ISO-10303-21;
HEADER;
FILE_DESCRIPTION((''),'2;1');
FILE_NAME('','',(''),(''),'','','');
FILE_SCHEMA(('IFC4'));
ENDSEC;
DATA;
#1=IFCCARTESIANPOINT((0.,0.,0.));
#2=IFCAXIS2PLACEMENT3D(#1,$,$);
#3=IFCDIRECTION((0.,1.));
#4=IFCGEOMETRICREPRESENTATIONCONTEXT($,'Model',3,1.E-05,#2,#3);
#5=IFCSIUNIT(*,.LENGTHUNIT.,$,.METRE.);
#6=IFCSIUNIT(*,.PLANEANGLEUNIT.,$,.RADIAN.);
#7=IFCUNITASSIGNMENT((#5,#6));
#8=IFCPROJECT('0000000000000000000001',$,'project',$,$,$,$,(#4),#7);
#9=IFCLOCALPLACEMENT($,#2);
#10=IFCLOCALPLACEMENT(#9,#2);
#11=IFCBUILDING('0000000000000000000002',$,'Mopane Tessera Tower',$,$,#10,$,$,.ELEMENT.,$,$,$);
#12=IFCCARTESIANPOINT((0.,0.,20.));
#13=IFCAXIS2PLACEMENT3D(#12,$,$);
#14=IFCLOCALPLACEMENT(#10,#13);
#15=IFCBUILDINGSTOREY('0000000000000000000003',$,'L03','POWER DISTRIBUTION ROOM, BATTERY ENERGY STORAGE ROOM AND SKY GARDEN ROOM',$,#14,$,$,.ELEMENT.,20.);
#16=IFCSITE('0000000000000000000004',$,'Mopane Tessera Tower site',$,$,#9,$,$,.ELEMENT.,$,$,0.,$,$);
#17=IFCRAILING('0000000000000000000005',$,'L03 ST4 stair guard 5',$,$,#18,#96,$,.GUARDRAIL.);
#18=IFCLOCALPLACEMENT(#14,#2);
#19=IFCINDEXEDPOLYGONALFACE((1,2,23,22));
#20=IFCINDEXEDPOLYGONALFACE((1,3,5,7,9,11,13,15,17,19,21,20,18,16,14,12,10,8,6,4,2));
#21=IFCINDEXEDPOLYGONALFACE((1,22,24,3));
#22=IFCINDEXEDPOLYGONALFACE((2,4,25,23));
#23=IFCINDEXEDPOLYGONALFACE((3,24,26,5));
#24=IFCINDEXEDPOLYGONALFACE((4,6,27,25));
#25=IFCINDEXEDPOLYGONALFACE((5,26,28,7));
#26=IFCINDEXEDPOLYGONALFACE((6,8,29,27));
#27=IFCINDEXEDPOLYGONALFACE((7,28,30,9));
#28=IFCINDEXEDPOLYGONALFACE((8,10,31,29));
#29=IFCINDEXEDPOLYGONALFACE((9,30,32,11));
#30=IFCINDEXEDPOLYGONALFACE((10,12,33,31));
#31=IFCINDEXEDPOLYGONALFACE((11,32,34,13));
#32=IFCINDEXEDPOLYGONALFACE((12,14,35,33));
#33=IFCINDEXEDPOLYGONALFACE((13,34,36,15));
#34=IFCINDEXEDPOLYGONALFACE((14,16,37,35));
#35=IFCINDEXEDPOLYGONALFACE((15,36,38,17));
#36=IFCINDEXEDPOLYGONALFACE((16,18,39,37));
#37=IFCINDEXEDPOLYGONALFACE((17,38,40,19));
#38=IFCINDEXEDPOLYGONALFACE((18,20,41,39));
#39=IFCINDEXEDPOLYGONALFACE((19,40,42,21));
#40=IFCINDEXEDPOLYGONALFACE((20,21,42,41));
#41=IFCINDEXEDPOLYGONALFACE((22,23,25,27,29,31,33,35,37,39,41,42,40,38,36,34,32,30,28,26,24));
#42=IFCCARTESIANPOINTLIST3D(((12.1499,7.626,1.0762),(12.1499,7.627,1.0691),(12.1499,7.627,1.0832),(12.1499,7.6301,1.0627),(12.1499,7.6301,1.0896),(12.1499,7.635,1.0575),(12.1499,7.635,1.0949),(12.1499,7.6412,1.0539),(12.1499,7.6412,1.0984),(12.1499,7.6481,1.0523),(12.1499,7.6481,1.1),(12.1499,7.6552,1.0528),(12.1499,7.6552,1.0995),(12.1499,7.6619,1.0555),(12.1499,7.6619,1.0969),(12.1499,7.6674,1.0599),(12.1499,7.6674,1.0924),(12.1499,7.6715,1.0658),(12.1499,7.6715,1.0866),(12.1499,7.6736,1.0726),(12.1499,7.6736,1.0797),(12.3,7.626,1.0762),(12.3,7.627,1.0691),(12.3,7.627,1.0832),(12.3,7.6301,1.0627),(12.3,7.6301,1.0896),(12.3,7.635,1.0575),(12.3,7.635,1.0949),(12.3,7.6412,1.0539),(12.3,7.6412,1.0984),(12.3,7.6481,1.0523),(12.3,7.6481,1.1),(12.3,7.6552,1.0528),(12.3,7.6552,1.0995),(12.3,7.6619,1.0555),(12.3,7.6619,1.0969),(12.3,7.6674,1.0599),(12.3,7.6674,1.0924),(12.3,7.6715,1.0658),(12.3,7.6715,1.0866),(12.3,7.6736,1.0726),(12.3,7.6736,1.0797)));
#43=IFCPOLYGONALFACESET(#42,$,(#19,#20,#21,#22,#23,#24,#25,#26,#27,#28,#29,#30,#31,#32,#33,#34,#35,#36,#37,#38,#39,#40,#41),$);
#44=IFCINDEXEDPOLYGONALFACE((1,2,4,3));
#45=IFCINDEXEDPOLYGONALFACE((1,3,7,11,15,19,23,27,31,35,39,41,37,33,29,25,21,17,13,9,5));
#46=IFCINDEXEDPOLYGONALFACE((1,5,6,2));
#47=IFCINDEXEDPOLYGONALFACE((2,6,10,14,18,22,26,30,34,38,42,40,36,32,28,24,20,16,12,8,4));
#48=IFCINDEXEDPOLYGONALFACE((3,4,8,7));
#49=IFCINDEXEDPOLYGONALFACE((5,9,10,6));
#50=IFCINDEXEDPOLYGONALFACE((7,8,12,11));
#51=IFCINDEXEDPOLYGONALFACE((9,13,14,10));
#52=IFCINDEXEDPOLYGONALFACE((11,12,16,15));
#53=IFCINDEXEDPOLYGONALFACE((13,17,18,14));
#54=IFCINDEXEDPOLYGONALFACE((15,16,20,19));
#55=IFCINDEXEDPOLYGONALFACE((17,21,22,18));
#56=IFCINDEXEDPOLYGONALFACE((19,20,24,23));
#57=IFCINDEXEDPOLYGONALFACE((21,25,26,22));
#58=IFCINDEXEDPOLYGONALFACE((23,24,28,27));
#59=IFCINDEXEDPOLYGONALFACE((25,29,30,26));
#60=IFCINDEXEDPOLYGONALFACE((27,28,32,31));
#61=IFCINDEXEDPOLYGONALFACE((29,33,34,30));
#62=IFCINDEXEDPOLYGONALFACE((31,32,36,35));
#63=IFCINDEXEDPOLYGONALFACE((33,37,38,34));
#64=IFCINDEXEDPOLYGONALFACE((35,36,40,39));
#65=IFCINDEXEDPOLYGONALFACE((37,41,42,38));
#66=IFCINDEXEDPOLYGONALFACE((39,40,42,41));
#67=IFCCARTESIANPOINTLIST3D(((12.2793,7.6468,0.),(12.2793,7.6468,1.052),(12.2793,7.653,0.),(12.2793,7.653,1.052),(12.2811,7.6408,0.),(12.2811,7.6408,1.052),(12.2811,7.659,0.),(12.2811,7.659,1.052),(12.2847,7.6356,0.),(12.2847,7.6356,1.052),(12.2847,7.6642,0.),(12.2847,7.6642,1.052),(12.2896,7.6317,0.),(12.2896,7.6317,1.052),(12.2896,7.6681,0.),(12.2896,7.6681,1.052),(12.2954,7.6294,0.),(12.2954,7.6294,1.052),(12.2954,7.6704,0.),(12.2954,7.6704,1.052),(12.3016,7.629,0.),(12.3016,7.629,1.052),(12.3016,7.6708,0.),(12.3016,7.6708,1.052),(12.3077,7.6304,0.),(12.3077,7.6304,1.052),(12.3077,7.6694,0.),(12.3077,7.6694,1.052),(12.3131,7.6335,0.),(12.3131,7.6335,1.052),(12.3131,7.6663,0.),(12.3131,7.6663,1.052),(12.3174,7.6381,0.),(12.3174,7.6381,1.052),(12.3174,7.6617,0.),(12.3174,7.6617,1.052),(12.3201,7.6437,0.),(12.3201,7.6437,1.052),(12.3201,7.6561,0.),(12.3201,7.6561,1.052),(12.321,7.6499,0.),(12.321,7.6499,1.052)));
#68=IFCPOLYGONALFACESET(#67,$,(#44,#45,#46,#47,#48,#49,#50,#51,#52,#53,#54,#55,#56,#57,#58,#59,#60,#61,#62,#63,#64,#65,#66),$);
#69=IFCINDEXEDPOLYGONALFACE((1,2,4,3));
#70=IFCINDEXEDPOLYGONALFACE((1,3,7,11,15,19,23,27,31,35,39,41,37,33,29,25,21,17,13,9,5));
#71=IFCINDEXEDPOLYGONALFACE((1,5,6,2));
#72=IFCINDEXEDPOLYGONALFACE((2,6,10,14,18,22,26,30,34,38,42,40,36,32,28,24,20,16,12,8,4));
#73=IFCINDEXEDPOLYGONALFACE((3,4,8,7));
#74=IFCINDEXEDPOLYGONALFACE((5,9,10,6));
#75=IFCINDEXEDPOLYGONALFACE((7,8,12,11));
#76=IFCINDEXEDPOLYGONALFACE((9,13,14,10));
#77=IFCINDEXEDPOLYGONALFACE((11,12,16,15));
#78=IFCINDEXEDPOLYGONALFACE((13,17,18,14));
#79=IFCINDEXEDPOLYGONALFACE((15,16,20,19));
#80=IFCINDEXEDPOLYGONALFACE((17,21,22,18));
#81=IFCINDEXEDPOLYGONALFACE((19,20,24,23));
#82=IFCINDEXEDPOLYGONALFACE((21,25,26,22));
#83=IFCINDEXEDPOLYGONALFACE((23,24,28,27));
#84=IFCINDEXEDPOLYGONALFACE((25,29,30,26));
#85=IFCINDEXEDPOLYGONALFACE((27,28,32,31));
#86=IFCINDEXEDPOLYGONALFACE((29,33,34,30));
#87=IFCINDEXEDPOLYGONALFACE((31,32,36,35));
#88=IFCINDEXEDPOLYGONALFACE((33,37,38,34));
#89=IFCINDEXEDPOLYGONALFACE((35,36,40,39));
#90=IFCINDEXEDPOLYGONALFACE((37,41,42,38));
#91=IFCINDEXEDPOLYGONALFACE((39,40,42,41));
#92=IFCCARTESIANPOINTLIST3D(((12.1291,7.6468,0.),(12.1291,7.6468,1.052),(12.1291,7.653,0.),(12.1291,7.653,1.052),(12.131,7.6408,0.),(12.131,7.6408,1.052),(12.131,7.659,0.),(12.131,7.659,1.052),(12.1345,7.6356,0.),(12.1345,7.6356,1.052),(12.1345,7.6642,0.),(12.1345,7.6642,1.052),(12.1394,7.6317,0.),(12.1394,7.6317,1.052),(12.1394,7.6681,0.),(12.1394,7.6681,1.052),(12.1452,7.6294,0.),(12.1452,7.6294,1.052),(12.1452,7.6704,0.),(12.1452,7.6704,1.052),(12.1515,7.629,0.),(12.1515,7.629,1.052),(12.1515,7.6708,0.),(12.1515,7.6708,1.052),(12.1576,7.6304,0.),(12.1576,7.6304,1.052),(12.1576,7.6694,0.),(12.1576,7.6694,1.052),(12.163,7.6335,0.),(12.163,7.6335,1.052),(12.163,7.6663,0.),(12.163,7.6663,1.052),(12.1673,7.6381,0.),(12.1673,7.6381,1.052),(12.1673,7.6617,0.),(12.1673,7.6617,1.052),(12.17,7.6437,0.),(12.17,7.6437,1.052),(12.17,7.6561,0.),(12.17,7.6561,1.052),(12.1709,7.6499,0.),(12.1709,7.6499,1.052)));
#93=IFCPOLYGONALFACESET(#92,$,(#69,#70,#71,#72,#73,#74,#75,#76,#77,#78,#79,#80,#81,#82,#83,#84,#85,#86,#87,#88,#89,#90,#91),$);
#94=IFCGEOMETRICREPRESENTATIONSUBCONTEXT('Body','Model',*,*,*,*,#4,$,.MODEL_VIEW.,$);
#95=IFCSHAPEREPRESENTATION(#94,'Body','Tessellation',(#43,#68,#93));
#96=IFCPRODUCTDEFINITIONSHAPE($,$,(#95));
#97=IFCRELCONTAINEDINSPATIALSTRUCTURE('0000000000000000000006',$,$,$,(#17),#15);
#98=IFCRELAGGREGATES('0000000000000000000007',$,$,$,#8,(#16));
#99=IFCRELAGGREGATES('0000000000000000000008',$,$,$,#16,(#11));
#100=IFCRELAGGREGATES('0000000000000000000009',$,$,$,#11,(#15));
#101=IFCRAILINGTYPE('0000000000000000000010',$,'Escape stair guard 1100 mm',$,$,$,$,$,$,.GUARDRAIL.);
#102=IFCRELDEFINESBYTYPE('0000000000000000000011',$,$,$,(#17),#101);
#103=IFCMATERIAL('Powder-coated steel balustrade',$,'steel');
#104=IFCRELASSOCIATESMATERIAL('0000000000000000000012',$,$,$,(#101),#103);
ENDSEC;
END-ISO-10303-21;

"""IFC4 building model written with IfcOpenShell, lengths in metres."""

from ifc_helpers import new_model, si_unit, direction, frame, origin, origin_2d, place, context, subcontext, project, spatial, circle, extrude, material, type_object, element, save


model = new_model("IFC4")

# Units and contexts
model_context = context("Model", 3, precision=1e-05, world=origin(), true_north=direction((0.0, 1.0)))
body_context = subcontext(model_context, "Body", "Model", "MODEL_VIEW")
ifc_project = project(units=[si_unit("LENGTHUNIT", "METRE"), si_unit("PLANEANGLEUNIT", "RADIAN")], contexts=[model_context])

# Site, building, storey
site_placement = place(None, origin())
site = spatial("IfcSite", under=ifc_project, at=site_placement, Name="Mopane Tessera Tower site", CompositionType="ELEMENT", RefElevation=0.0)
building_placement = place(site_placement, origin())
building = spatial("IfcBuilding", under=site, at=building_placement, Name="Mopane Tessera Tower", CompositionType="ELEMENT")
storey_placement = place(building_placement, frame((0.0, 0.0, 20.0)))
storey = spatial("IfcBuildingStorey", under=building, at=storey_placement, Name="L03", Description="POWER DISTRIBUTION ROOM, BATTERY ENERGY STORAGE ROOM AND SKY GARDEN ROOM", CompositionType="ELEMENT", Elevation=20.0)

# Railing
ifc_material_1 = material(Name="Powder-coated steel balustrade", Category="steel")
railing_type_1 = type_object("IfcRailingType", Name="Escape stair guard 1100 mm", PredefinedType="GUARDRAIL", material=ifc_material_1)
railing_1_placement = place(storey_placement, frame((12.3, 7.6499, 0.0)))
element("IfcRailing", 1, at=railing_1_placement, inside=storey, type_object=railing_type_1, Name="L03 ST4 stair guard 5", PredefinedType="GUARDRAIL", context=body_context, shape_type="SweptSolid", body=[
    extrude(circle(Radius=0.0239, at=origin_2d()), frame((0.0, 0.0, 1.0762), z_axis=(-1.0, 0.0, 0.0), x_axis=(0.0, -1.0, 0.0)), (0.0, 0.0, 1.0), 0.1501),
    extrude(circle(Radius=0.021, at=origin_2d()), origin(), (0.0, 0.0, 1.0), 1.052),
    extrude(circle(Radius=0.021, at=origin_2d()), frame((-0.1501, 0.0, 0.0)), (0.0, 0.0, 1.0), 1.052),
])

save(model, "model.ifc")
